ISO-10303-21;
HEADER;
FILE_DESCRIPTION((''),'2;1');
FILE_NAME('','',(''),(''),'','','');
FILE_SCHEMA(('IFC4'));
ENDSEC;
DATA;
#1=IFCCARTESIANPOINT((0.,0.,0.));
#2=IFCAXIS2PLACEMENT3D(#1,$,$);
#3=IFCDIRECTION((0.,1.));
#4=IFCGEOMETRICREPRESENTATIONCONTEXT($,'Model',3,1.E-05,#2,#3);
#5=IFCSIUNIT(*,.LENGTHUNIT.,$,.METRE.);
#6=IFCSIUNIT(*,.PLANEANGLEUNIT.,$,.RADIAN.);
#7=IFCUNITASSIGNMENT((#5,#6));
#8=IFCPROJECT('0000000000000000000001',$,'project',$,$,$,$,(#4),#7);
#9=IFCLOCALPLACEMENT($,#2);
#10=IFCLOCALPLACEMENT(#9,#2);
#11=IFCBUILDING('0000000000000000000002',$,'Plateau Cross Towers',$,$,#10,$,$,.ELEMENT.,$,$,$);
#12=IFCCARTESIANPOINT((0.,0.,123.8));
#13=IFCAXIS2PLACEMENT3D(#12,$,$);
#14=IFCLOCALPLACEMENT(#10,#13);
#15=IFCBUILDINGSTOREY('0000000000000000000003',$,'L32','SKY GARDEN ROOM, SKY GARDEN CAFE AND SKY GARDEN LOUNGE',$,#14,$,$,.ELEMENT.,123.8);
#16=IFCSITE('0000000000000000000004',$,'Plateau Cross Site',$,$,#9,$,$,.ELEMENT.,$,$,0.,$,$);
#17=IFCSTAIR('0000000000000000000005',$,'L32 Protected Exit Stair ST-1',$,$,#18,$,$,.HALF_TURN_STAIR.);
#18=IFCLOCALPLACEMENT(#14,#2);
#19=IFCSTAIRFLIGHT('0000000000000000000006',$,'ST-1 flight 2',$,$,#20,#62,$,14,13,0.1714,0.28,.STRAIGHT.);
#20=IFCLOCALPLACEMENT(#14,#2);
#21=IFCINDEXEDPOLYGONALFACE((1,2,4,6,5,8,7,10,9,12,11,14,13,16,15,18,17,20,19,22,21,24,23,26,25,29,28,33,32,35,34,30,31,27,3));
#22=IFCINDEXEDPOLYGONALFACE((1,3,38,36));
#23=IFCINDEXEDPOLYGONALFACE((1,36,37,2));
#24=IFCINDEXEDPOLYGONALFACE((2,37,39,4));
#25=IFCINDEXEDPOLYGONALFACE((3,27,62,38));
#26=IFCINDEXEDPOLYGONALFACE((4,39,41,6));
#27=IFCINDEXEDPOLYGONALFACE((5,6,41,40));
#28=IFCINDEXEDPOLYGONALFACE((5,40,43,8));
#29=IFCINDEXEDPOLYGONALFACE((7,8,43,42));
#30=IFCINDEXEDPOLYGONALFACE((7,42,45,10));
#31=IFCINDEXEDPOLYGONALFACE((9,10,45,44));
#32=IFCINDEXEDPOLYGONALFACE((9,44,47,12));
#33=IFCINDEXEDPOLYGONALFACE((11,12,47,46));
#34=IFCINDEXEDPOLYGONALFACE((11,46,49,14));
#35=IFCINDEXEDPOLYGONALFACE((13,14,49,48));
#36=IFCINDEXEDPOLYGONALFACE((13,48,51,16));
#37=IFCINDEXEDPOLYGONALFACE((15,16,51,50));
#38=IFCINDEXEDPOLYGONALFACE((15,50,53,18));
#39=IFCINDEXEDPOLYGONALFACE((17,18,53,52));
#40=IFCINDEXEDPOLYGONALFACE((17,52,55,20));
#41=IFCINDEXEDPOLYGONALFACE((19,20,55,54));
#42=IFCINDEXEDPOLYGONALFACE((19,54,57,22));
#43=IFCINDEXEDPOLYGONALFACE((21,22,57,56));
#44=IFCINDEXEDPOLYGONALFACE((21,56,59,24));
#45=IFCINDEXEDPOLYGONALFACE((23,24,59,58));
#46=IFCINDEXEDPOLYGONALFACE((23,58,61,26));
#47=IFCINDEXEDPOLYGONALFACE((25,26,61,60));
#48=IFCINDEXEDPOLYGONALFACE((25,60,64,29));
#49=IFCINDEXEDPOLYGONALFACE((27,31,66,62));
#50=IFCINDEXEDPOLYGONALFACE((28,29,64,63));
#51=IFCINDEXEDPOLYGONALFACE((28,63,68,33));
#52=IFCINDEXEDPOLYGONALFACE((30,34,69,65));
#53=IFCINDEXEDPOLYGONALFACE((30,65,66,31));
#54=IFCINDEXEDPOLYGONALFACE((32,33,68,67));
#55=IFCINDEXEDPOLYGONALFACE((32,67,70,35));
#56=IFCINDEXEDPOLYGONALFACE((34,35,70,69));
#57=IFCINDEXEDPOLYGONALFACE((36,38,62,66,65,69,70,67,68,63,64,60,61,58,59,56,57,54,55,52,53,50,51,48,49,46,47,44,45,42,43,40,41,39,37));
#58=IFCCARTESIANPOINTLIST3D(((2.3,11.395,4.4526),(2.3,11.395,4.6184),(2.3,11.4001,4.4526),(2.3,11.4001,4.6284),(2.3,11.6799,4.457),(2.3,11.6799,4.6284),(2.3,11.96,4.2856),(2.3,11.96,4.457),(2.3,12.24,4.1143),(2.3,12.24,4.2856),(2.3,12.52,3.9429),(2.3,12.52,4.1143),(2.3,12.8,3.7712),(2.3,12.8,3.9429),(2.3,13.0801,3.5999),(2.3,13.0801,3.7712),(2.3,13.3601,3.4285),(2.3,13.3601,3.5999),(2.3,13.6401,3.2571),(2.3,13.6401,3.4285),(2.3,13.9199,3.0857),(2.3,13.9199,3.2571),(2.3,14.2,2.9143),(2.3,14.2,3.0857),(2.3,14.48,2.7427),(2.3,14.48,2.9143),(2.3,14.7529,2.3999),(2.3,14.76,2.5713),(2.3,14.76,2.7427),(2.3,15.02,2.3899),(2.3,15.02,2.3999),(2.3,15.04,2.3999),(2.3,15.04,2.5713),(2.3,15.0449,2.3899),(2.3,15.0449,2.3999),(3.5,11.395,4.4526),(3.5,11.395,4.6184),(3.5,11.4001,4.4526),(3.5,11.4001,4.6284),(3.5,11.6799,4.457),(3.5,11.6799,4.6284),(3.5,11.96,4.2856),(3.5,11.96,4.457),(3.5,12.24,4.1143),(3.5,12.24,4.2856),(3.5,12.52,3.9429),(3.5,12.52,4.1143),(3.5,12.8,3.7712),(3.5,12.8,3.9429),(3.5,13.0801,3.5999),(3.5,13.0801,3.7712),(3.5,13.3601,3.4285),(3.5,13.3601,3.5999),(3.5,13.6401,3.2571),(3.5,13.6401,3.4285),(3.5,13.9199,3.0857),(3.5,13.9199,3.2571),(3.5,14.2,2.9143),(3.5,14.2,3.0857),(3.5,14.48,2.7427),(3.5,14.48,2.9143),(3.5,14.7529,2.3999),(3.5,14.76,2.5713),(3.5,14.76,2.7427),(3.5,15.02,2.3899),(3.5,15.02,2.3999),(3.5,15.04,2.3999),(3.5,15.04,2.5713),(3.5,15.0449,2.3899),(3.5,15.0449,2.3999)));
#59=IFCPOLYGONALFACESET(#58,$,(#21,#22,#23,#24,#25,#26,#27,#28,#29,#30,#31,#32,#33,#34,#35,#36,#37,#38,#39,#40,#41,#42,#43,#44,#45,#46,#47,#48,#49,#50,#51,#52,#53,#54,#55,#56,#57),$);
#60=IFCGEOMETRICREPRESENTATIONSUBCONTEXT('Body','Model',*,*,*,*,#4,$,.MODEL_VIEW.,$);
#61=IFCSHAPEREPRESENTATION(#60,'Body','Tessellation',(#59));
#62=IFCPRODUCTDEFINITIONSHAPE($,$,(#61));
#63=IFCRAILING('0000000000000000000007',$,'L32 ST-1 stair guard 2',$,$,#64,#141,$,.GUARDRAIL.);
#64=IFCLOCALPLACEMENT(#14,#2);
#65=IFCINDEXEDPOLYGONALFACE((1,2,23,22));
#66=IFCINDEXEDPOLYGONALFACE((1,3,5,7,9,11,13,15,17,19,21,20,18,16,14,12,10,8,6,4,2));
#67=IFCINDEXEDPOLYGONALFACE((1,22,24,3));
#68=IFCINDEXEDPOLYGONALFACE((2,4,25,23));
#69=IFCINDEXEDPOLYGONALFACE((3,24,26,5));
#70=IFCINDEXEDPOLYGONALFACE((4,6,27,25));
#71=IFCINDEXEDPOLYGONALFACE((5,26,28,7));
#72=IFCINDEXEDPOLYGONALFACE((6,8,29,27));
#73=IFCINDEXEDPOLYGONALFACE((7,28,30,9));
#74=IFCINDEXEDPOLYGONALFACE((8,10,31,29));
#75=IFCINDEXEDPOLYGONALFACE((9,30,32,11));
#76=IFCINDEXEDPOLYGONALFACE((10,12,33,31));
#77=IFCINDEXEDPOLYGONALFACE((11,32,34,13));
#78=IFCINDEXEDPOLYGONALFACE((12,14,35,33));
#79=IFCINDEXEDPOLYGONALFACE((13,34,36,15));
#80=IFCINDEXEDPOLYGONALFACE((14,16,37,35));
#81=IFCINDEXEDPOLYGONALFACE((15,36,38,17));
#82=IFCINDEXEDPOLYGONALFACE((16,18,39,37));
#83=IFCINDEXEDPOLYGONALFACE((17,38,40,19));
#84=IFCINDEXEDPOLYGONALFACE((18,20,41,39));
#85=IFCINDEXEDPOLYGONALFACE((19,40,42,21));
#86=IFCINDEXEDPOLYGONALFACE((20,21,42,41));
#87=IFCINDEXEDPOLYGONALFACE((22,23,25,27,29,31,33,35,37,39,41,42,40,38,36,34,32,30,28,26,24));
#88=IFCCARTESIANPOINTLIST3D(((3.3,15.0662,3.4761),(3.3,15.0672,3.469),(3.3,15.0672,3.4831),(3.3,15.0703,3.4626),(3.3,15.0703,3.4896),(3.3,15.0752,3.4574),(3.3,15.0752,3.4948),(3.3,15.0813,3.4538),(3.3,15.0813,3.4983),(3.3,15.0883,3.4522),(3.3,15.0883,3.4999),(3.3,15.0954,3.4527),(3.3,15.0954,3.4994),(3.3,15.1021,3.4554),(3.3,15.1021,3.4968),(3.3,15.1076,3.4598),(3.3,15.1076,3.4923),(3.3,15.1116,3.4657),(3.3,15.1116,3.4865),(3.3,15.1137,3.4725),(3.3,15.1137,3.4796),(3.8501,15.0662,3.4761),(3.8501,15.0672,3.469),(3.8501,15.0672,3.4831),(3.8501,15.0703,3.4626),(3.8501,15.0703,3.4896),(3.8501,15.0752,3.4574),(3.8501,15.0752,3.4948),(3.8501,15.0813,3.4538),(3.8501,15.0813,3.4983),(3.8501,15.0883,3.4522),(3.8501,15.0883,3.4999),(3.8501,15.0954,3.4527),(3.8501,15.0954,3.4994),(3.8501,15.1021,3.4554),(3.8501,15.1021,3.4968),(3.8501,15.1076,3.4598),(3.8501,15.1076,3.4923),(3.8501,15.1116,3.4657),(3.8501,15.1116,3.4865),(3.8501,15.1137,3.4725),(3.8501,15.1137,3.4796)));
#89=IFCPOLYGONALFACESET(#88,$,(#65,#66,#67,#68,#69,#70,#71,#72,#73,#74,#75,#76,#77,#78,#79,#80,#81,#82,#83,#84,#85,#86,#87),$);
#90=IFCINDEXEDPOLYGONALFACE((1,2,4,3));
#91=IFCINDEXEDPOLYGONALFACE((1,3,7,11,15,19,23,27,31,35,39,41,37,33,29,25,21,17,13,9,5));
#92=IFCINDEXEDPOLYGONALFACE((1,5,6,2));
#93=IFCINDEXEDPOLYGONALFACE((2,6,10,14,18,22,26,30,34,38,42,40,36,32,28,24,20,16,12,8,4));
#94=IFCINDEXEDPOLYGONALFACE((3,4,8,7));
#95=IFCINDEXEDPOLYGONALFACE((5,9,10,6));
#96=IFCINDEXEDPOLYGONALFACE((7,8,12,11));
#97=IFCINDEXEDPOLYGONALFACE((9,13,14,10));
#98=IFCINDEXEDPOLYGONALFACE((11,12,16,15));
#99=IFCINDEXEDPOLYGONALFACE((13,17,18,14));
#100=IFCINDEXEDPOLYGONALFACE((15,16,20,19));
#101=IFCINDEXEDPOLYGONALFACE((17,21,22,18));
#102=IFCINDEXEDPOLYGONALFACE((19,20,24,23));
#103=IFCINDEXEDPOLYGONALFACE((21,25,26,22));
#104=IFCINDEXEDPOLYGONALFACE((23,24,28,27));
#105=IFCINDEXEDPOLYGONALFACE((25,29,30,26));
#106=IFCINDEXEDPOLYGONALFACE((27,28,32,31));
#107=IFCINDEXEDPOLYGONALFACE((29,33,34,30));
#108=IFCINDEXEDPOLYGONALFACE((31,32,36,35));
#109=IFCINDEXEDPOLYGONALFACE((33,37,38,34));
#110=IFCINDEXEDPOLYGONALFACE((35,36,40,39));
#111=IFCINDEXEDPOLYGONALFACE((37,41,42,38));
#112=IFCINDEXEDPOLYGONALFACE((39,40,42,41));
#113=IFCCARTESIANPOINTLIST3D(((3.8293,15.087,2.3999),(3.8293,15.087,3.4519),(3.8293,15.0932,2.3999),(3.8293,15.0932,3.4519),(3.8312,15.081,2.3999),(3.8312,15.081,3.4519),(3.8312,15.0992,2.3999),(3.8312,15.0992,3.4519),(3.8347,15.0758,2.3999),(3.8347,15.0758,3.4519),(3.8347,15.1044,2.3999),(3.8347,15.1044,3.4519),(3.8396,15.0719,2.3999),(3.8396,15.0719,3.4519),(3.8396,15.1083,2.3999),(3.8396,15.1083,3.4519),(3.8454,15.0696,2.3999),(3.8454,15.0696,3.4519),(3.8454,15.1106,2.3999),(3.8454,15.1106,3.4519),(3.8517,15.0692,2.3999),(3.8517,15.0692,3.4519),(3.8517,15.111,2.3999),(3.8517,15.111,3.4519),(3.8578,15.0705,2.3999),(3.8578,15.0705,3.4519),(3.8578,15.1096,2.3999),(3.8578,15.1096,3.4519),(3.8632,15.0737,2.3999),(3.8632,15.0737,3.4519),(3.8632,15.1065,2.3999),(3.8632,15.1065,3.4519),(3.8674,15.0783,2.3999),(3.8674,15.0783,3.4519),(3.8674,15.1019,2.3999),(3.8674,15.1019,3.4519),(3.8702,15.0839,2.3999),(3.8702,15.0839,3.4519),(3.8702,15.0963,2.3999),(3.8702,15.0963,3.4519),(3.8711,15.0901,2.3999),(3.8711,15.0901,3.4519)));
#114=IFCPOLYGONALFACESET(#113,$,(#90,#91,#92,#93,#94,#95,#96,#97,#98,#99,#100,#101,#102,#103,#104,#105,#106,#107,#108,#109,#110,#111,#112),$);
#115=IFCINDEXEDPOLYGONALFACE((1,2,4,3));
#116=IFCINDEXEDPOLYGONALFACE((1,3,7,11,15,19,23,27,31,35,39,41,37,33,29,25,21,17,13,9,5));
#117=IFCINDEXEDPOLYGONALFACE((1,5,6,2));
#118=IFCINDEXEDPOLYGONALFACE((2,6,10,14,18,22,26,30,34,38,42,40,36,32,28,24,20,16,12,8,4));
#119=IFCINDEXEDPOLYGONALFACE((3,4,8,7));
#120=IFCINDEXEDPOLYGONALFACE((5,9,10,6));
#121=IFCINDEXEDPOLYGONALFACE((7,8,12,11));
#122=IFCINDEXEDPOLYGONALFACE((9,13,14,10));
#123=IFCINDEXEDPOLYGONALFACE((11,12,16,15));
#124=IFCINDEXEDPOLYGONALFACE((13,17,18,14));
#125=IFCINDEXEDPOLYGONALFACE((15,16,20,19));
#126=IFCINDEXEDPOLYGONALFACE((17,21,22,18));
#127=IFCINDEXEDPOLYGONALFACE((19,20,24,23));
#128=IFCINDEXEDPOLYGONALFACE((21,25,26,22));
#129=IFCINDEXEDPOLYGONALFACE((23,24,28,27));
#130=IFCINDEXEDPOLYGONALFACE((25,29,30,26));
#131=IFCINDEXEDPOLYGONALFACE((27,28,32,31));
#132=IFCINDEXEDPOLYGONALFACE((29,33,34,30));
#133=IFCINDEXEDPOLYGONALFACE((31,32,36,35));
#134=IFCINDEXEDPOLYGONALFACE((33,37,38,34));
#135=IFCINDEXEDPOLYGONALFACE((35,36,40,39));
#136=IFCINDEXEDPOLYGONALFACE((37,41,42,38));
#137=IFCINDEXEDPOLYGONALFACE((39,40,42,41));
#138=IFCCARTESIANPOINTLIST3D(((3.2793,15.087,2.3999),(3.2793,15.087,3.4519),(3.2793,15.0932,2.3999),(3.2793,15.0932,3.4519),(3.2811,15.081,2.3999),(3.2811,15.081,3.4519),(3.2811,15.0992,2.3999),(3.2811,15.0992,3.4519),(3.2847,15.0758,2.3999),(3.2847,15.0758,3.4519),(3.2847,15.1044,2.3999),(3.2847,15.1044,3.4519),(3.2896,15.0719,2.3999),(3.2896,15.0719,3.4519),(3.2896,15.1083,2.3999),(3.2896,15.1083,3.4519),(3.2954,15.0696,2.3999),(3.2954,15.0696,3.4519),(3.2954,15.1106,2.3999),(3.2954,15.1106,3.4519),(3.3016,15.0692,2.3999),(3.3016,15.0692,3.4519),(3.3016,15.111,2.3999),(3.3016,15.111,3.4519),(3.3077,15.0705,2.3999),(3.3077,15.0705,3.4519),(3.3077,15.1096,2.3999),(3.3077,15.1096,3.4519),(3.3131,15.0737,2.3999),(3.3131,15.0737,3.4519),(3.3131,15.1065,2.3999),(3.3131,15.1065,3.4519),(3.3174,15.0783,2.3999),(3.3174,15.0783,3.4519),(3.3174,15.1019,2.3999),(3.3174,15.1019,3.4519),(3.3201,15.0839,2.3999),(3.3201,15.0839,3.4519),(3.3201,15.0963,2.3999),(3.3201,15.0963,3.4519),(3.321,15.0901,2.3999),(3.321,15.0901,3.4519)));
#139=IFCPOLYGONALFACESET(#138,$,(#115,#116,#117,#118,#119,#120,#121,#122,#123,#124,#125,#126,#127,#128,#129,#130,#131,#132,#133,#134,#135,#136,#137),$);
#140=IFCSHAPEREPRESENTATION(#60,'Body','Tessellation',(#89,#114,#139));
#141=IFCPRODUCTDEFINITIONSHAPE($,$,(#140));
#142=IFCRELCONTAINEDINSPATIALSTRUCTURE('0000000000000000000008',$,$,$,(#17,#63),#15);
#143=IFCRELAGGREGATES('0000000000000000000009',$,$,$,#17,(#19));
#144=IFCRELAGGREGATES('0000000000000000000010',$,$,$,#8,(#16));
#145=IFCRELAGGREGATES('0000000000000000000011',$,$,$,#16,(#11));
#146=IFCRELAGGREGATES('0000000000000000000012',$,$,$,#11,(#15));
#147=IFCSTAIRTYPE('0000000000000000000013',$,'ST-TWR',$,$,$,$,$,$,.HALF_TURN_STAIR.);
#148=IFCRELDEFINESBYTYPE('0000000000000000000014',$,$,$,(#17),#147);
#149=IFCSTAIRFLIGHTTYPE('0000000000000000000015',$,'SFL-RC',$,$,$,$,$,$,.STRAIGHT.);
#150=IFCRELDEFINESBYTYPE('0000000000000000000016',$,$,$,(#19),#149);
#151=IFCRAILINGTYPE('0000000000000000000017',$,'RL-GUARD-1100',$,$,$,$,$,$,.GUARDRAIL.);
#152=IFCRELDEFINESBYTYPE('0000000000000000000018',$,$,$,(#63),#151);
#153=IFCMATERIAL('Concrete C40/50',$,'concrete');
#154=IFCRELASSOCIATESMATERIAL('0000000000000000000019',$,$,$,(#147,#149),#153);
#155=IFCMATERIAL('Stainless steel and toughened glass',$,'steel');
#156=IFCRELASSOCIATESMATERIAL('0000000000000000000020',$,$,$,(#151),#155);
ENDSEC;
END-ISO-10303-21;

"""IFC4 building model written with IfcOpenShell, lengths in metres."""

from ifc_helpers import new_model, si_unit, direction, frame, origin, origin_2d, place, context, subcontext, project, spatial, polyline, circle, outline, extrude, material, type_object, element, aggregate, save


model = new_model("IFC4")

# Units and contexts
model_context = context("Model", 3, precision=1e-05, world=origin(), true_north=direction((0.0, 1.0)))
body_context = subcontext(model_context, "Body", "Model", "MODEL_VIEW")
ifc_project = project(units=[si_unit("LENGTHUNIT", "METRE"), si_unit("PLANEANGLEUNIT", "RADIAN")], contexts=[model_context])

# Site, building, storey
site_placement = place(None, origin())
site = spatial("IfcSite", under=ifc_project, at=site_placement, Name="Plateau Cross Site", CompositionType="ELEMENT", RefElevation=0.0)
building_placement = place(site_placement, origin())
building = spatial("IfcBuilding", under=site, at=building_placement, Name="Plateau Cross Towers", CompositionType="ELEMENT")
storey_placement = place(building_placement, frame((0.0, 0.0, 123.8)))
storey = spatial("IfcBuildingStorey", under=building, at=storey_placement, Name="L32", Description="SKY GARDEN ROOM, SKY GARDEN CAFE AND SKY GARDEN LOUNGE", CompositionType="ELEMENT", Elevation=123.8)

# Stair, stair flight
ifc_material_1 = material(Name="Concrete C40/50", Category="concrete")
stair_type = type_object("IfcStairType", Name="ST-TWR", PredefinedType="HALF_TURN_STAIR", material=ifc_material_1)
stair_placement = place(storey_placement, origin())
stair = element("IfcStair", 1, at=stair_placement, inside=storey, type_object=stair_type, Name="L32 Protected Exit Stair ST-1", PredefinedType="HALF_TURN_STAIR")
stair_flight_type = type_object("IfcStairFlightType", Name="SFL-RC", PredefinedType="STRAIGHT", material=ifc_material_1)
stair_flight_placement = place(storey_placement, frame((2.8999, 15.04, 2.3999), z_axis=(0.0, 0.0, 1.0), x_axis=(0.0, -1.0, 0.0)))
stair_flight = element("IfcStairFlight", 2, at=stair_flight_placement, type_object=stair_flight_type, Name="ST-1 flight 2", NumberOfRisers=14, NumberOfTreads=13, PredefinedType="STRAIGHT", RiserHeight=0.1714, TreadLength=0.28, context=body_context, shape_type="SweptSolid", body=[
    extrude(outline(polyline([(-0.0049, -0.01), (-0.0049, 0.0), (0.0, 0.0), (0.0, 0.1714), (0.28, 0.1714), (0.28, 0.3428), (0.5601, 0.3428), (0.5601, 0.5144), (0.8401, 0.5144), (0.8401, 0.6858), (1.1201, 0.6858), (1.1201, 0.8572), (1.3999, 0.8572), (1.3999, 1.0286), (1.6799, 1.0286), (1.6799, 1.2), (1.96, 1.2), (1.96, 1.3713), (2.24, 1.3713), (2.24, 1.543), (2.52, 1.543), (2.52, 1.7144), (2.8, 1.7144), (2.8, 1.8857), (3.0801, 1.8857), (3.0801, 2.0571), (3.3601, 2.0571), (3.3601, 2.2285), (3.6399, 2.2285), (3.645, 2.2185), (3.645, 2.0527), (3.6399, 2.0527), (0.2871, 0.0), (0.02, 0.0), (0.02, -0.01), (-0.0049, -0.01)])), frame((0.0, 0.6001, 0.0), z_axis=(0.0, -1.0, 0.0), x_axis=(1.0, 0.0, 0.0)), (0.0, 0.0, 1.0), 1.2),
])
aggregate(stair, [stair_flight])

# Railing
ifc_material_2 = material(Name="Stainless steel and toughened glass", Category="steel")
railing_type_1 = type_object("IfcRailingType", Name="RL-GUARD-1100", PredefinedType="GUARDRAIL", material=ifc_material_2)
railing_1_placement = place(storey_placement, frame((3.8501, 15.0901, 2.3999)))
element("IfcRailing", 3, at=railing_1_placement, inside=storey, type_object=railing_type_1, Name="L32 ST-1 stair guard 2", PredefinedType="GUARDRAIL", context=body_context, shape_type="SweptSolid", body=[
    extrude(circle(Radius=0.0239, at=origin_2d()), frame((0.0, 0.0, 1.0762), z_axis=(-1.0, 0.0, 0.0), x_axis=(0.0, -1.0, 0.0)), (0.0, 0.0, 1.0), 0.55),
    extrude(circle(Radius=0.021, at=origin_2d()), origin(), (0.0, 0.0, 1.0), 1.052),
    extrude(circle(Radius=0.021, at=origin_2d()), frame((-0.55, 0.0, 0.0)), (0.0, 0.0, 1.0), 1.052),
])

save(model, "model.ifc")
